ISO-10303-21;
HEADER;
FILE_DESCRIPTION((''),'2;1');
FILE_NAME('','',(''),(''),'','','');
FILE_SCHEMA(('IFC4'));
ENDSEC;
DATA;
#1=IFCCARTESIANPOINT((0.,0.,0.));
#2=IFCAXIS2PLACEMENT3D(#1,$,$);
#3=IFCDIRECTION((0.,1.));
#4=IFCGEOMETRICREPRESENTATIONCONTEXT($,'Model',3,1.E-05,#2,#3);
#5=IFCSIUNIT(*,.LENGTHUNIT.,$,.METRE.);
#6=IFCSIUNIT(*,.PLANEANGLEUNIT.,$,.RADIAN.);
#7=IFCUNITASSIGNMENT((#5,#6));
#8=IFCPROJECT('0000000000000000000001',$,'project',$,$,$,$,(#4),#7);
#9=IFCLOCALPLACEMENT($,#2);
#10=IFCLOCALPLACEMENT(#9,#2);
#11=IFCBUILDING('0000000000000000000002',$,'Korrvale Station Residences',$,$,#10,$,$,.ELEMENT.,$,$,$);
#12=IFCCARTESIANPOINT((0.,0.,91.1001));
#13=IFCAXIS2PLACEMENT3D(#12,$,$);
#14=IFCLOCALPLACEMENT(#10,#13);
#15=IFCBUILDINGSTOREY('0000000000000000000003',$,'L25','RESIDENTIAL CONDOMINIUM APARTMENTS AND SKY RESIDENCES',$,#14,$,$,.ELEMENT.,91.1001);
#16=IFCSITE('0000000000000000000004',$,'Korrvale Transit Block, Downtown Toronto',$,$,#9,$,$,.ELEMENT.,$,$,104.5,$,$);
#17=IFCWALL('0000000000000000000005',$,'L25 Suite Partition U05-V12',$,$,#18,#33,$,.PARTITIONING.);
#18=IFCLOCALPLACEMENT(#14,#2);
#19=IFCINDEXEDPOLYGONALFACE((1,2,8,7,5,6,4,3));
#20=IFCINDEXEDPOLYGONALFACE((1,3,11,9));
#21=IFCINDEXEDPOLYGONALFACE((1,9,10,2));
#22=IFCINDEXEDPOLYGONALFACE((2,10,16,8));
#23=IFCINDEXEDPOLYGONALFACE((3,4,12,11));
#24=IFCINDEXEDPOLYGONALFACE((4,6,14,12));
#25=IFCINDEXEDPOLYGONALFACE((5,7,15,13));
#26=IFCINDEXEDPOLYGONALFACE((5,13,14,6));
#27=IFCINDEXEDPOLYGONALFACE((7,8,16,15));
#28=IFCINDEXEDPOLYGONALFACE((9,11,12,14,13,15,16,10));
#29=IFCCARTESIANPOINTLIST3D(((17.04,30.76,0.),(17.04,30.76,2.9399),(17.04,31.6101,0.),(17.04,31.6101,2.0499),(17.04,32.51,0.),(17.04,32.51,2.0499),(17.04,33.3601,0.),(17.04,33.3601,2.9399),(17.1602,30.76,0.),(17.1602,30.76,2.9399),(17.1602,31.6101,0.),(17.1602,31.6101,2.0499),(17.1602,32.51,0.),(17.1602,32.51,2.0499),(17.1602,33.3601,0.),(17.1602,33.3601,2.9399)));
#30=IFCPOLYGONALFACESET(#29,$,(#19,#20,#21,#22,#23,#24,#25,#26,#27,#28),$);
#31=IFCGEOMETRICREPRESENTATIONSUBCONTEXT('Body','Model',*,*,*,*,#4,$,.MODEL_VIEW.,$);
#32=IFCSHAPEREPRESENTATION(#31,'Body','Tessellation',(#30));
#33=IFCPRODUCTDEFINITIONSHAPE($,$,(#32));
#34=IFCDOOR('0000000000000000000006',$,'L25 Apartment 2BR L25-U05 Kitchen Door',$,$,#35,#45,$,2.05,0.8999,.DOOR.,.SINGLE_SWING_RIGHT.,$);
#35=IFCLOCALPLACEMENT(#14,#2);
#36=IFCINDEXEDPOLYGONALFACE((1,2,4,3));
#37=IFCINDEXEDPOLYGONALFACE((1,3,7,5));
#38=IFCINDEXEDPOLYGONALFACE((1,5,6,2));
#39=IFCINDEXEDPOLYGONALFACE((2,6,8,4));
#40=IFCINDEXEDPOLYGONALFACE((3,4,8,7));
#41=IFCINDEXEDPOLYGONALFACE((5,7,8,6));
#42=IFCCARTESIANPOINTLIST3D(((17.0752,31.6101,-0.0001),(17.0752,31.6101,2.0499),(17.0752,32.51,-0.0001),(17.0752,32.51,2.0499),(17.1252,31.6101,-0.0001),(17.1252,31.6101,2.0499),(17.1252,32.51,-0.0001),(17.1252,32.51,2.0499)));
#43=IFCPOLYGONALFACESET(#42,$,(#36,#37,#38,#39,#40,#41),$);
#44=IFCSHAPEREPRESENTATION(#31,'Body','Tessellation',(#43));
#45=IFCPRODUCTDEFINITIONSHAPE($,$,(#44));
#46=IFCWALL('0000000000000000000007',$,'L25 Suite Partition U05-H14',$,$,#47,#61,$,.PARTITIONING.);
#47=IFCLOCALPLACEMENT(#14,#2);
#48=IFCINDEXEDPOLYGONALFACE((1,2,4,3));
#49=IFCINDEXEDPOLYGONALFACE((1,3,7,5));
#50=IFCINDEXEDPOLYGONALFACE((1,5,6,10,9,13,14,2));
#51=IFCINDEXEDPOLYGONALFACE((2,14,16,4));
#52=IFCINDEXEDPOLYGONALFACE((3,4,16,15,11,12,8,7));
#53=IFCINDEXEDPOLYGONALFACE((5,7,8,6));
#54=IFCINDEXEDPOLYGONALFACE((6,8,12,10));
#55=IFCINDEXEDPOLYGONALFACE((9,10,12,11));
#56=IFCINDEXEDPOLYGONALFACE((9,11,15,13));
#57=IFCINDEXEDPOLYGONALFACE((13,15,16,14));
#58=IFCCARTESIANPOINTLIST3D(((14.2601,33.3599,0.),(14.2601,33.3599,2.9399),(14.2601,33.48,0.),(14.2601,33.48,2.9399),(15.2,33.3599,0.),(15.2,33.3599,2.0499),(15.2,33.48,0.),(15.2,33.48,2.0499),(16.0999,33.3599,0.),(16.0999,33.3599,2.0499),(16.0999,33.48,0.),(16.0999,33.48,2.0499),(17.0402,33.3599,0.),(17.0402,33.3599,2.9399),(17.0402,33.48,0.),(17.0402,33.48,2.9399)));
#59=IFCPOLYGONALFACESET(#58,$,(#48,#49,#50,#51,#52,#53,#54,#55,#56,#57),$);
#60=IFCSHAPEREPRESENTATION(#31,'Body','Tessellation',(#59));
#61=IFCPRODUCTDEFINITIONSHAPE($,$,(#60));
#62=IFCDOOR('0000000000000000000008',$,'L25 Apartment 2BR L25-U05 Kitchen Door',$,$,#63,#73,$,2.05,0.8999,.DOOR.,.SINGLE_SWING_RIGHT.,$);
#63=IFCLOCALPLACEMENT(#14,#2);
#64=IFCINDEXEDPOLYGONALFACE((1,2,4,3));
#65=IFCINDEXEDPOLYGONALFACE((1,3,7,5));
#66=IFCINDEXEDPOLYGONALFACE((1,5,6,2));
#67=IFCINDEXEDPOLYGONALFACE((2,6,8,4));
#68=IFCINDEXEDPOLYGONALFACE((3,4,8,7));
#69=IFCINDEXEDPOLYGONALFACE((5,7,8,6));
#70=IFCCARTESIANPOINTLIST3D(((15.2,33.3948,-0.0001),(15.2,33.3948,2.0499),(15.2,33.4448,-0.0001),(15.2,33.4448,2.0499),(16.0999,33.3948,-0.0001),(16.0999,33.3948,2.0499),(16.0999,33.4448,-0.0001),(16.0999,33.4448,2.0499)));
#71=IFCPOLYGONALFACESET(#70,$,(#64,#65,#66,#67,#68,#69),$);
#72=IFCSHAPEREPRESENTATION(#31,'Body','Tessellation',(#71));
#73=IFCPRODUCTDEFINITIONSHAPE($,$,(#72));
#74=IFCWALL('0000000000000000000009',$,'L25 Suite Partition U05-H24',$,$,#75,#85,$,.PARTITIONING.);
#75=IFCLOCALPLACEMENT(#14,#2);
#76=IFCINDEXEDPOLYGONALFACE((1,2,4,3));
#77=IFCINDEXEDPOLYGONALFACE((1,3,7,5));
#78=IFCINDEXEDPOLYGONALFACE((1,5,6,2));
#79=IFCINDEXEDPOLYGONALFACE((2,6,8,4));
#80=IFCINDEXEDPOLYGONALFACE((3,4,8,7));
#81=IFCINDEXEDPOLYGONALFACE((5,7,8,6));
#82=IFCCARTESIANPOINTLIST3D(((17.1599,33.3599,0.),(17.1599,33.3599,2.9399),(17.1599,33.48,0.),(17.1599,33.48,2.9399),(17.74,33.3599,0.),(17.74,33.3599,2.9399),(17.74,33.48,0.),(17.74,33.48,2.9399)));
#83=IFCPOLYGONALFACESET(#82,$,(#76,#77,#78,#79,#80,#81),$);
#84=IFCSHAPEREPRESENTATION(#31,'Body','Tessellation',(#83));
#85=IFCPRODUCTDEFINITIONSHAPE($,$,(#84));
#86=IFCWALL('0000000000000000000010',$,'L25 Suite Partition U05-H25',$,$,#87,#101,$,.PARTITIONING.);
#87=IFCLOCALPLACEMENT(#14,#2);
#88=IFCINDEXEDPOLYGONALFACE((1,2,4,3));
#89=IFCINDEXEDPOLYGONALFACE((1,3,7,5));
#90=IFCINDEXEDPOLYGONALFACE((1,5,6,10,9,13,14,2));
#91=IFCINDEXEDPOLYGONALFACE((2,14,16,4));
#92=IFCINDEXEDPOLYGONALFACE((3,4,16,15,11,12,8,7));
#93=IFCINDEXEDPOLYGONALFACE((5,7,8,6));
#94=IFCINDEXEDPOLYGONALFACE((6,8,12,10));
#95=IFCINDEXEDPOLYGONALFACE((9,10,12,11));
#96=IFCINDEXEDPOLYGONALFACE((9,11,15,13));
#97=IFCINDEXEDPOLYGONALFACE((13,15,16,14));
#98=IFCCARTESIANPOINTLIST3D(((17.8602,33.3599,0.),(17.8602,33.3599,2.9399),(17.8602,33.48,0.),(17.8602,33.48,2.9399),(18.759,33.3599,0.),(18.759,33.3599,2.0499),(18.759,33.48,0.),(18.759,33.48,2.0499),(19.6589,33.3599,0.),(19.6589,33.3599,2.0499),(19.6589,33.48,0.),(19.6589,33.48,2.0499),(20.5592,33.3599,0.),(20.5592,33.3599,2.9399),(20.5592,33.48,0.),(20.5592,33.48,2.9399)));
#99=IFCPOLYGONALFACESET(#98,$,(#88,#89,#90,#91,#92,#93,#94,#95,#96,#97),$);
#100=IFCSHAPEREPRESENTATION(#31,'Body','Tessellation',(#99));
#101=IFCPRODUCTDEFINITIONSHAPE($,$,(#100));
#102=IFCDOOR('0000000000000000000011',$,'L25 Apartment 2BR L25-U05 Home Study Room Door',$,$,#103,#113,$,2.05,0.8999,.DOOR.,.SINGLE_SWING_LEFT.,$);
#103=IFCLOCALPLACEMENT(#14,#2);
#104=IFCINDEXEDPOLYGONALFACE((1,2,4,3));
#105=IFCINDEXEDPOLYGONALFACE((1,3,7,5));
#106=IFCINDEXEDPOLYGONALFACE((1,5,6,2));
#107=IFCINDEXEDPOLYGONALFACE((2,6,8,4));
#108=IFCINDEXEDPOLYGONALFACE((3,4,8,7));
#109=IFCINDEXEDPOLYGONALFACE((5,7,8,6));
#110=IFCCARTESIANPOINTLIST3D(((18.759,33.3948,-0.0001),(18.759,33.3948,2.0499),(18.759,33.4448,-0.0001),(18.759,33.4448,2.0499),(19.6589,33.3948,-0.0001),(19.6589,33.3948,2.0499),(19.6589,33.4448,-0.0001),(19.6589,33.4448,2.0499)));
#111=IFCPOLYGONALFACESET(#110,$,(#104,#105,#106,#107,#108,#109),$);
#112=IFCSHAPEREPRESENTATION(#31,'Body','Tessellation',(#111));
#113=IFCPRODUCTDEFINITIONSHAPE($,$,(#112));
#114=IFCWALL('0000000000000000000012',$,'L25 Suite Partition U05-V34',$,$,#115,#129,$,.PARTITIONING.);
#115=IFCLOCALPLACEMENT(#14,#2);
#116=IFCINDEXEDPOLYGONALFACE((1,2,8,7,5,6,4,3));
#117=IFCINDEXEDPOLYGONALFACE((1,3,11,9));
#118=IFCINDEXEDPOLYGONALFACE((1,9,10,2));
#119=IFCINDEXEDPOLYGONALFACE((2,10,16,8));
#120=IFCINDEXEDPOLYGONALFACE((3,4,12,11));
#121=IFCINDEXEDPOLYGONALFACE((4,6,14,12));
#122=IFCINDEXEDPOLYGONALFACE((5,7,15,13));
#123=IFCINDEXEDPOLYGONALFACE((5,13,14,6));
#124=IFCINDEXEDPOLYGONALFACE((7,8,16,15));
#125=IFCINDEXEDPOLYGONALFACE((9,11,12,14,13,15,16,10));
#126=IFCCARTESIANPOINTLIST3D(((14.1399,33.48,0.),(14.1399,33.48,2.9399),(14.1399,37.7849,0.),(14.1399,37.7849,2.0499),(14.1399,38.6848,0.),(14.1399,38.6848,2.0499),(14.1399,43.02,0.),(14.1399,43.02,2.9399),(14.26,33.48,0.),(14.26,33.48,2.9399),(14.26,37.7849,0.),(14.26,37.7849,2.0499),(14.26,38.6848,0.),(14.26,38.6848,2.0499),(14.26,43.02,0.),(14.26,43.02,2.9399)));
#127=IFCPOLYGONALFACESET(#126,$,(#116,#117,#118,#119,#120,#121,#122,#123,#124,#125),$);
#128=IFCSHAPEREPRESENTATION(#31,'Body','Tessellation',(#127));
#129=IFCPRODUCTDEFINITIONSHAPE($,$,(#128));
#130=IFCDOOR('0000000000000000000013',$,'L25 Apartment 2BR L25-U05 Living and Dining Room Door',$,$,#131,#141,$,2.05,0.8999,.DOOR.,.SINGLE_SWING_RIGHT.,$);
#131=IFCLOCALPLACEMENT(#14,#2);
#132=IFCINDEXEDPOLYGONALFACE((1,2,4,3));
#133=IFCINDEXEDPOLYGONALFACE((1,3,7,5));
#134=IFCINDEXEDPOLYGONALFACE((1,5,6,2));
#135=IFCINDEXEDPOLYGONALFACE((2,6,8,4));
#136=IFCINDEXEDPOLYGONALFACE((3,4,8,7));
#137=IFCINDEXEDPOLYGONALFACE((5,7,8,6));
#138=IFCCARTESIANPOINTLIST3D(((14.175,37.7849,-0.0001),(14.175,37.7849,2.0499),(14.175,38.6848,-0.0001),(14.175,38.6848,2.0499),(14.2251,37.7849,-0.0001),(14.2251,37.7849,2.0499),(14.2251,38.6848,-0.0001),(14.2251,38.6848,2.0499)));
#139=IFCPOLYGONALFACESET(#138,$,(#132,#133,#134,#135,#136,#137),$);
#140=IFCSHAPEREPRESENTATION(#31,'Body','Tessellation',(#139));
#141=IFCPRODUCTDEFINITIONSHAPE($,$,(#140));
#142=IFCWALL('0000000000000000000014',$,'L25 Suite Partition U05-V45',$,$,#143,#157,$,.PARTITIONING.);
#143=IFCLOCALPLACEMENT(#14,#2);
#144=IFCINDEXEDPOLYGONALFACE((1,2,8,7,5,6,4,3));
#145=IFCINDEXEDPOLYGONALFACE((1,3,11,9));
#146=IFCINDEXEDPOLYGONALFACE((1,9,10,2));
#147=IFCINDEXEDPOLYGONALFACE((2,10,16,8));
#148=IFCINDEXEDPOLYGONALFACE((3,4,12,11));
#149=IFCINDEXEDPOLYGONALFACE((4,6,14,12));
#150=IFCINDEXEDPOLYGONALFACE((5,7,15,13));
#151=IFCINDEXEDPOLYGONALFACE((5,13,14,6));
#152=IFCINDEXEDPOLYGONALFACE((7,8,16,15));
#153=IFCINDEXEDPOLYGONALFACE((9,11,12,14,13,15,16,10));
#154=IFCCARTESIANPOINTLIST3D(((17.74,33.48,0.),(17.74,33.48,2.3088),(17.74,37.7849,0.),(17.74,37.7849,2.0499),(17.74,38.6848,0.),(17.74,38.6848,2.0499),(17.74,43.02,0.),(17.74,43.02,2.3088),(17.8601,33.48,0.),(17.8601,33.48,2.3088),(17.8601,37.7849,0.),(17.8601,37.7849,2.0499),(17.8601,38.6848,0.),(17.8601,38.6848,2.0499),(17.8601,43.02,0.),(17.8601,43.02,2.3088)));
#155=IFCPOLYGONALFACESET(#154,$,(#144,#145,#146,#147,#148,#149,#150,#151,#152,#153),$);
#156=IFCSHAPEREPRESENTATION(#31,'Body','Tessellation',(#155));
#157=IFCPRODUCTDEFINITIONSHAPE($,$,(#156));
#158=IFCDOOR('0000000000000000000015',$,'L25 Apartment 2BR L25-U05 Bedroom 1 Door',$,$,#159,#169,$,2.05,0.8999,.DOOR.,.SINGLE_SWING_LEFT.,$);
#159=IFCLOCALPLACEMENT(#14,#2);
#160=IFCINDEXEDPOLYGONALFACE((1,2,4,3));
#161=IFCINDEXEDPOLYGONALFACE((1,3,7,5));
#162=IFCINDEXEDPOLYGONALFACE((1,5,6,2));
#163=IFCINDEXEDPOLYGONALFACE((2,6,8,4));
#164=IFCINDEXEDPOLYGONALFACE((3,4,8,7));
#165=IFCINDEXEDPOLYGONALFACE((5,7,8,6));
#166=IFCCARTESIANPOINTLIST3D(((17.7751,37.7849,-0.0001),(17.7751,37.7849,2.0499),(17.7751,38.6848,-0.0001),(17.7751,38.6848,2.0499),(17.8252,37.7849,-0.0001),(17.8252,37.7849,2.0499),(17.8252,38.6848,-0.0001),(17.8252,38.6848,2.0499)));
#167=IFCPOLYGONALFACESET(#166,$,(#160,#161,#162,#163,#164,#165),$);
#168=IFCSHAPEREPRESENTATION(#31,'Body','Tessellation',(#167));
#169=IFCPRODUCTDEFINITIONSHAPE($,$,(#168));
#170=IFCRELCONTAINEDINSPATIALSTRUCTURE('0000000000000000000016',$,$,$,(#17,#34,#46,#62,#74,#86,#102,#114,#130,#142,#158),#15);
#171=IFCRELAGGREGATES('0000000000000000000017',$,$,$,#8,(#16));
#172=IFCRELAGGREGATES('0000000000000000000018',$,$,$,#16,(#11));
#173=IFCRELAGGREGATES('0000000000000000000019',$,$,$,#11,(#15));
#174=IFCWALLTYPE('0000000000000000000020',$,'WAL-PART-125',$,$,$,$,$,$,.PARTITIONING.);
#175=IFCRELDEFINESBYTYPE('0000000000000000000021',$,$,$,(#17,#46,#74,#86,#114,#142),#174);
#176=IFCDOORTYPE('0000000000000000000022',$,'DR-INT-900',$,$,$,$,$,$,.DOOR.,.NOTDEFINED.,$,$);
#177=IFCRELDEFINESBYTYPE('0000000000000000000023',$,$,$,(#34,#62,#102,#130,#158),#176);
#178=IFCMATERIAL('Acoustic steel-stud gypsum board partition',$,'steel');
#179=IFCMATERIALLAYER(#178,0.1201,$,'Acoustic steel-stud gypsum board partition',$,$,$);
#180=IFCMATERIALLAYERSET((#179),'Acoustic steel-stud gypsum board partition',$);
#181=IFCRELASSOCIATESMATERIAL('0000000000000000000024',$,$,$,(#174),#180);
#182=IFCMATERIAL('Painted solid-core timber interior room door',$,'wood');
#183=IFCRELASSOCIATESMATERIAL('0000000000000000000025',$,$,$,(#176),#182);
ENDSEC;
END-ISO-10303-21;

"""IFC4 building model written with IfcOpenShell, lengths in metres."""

from ifc_helpers import new_model, si_unit, direction, frame, frame_2d, origin, place, context, subcontext, project, spatial, rectangle, extrude, material, layer, layer_set, type_object, element, fill, save


model = new_model("IFC4")

# Units and contexts
model_context = context("Model", 3, precision=1e-05, world=origin(), true_north=direction((0.0, 1.0)))
body_context = subcontext(model_context, "Body", "Model", "MODEL_VIEW")
ifc_project = project(units=[si_unit("LENGTHUNIT", "METRE"), si_unit("PLANEANGLEUNIT", "RADIAN")], contexts=[model_context])

# Site, building, storey
site_placement = place(None, origin())
site = spatial("IfcSite", under=ifc_project, at=site_placement, Name="Korrvale Transit Block, Downtown Toronto", CompositionType="ELEMENT", RefElevation=104.5)
building_placement = place(site_placement, origin())
building = spatial("IfcBuilding", under=site, at=building_placement, Name="Korrvale Station Residences", CompositionType="ELEMENT")
storey_placement = place(building_placement, frame((0.0, 0.0, 91.1001)))
storey = spatial("IfcBuildingStorey", under=building, at=storey_placement, Name="L25", Description="RESIDENTIAL CONDOMINIUM APARTMENTS AND SKY RESIDENCES", CompositionType="ELEMENT", Elevation=91.1001)

# Walls, openings, doors
ifc_material_1 = material(Name="Acoustic steel-stud gypsum board partition", Category="steel")
ifc_layer_1 = layer(ifc_material_1, 0.1201, Name="Acoustic steel-stud gypsum board partition")
ifc_layer_set_1 = layer_set([ifc_layer_1], Name="Acoustic steel-stud gypsum board partition")
wall_type_1 = type_object("IfcWallType", Name="WAL-PART-125", PredefinedType="PARTITIONING", material=ifc_layer_set_1)
wall_1_placement = place(storey_placement, frame((17.1001, 30.76, 0.0), z_axis=(0.0, 0.0, 1.0), x_axis=(0.0, 1.0, 0.0)))
wall_1 = element("IfcWall", 1, at=wall_1_placement, inside=storey, type_object=wall_type_1, Name="L25 Suite Partition U05-V12", PredefinedType="PARTITIONING", context=body_context, shape_type="SweptSolid", body=[
    extrude(rectangle(XDim=2.6001, YDim=0.1201, at=frame_2d((1.3, 0.0))), origin(), (0.0, 0.0, 1.0), 2.9399),
])
opening_1_placement = place(wall_1_placement, frame((0.8501, 0.0, 0.0)))
opening_1 = element("IfcOpeningElement", 2, at=opening_1_placement, cuts=wall_1, PredefinedType="OPENING", context=body_context, shape_type="SweptSolid", body=[
    extrude(rectangle(XDim=0.8999, YDim=2.05, at=frame_2d((0.45, 1.0249))), frame((0.0, 0.0701, 0.0), z_axis=(0.0, -1.0, 0.0), x_axis=(1.0, 0.0, 0.0)), (0.0, 0.0, 1.0), 0.1401),
])
ifc_material_2 = material(Name="Painted solid-core timber interior room door", Category="wood")
door_type_1 = type_object("IfcDoorType", Name="DR-INT-900", OperationType="NOTDEFINED", PredefinedType="DOOR", material=ifc_material_2)
door_1_placement = place(opening_1_placement, origin())
door_1 = element("IfcDoor", 3, at=door_1_placement, inside=storey, type_object=door_type_1, Name="L25 Apartment 2BR L25-U05 Kitchen Door", OperationType="SINGLE_SWING_RIGHT", OverallHeight=2.05, OverallWidth=0.8999, PredefinedType="DOOR", context=body_context, shape_type="SweptSolid", body=[
    extrude(rectangle(XDim=0.8999, YDim=2.05, at=frame_2d((0.45, 1.0249))), frame((0.0, 0.0249, 0.0), z_axis=(0.0, -1.0, 0.0), x_axis=(1.0, 0.0, 0.0)), (0.0, 0.0, 1.0), 0.05),
])
fill(opening_1, door_1)
wall_2_placement = place(storey_placement, frame((14.26, 33.4199, 0.0), z_axis=(0.0, 0.0, 1.0), x_axis=(1.0, 0.0, 0.0)))
wall_2 = element("IfcWall", 4, at=wall_2_placement, inside=storey, type_object=wall_type_1, Name="L25 Suite Partition U05-H14", PredefinedType="PARTITIONING", context=body_context, shape_type="SweptSolid", body=[
    extrude(rectangle(XDim=2.78, YDim=0.1201, at=frame_2d((1.3901, 0.0))), origin(), (0.0, 0.0, 1.0), 2.9399),
])
opening_2_placement = place(wall_2_placement, frame((0.9399, 0.0, 0.0)))
opening_2 = element("IfcOpeningElement", 5, at=opening_2_placement, cuts=wall_2, PredefinedType="OPENING", context=body_context, shape_type="SweptSolid", body=[
    extrude(rectangle(XDim=0.8999, YDim=2.05, at=frame_2d((0.45, 1.0249))), frame((0.0, 0.0701, 0.0), z_axis=(0.0, -1.0, 0.0), x_axis=(1.0, 0.0, 0.0)), (0.0, 0.0, 1.0), 0.1401),
])
door_2_placement = place(opening_2_placement, origin())
door_2 = element("IfcDoor", 6, at=door_2_placement, inside=storey, type_object=door_type_1, Name="L25 Apartment 2BR L25-U05 Kitchen Door", OperationType="SINGLE_SWING_RIGHT", OverallHeight=2.05, OverallWidth=0.8999, PredefinedType="DOOR", context=body_context, shape_type="SweptSolid", body=[
    extrude(rectangle(XDim=0.8999, YDim=2.05, at=frame_2d((0.45, 1.0249))), frame((0.0, 0.0249, 0.0), z_axis=(0.0, -1.0, 0.0), x_axis=(1.0, 0.0, 0.0)), (0.0, 0.0, 1.0), 0.05),
])
fill(opening_2, door_2)

# Wall
wall_3_placement = place(storey_placement, frame((17.1599, 33.4199, 0.0), z_axis=(0.0, 0.0, 1.0), x_axis=(1.0, 0.0, 0.0)))
element("IfcWall", 7, at=wall_3_placement, inside=storey, type_object=wall_type_1, Name="L25 Suite Partition U05-H24", PredefinedType="PARTITIONING", context=body_context, shape_type="SweptSolid", body=[
    extrude(rectangle(XDim=0.5801, YDim=0.1201, at=frame_2d((0.29, 0.0))), origin(), (0.0, 0.0, 1.0), 2.9399),
])

# Walls, openings, doors
wall_4_placement = place(storey_placement, frame((17.8601, 33.4199, 0.0), z_axis=(0.0, 0.0, 1.0), x_axis=(1.0, 0.0, 0.0)))
wall_4 = element("IfcWall", 8, at=wall_4_placement, inside=storey, type_object=wall_type_1, Name="L25 Suite Partition U05-H25", PredefinedType="PARTITIONING", context=body_context, shape_type="SweptSolid", body=[
    extrude(rectangle(XDim=2.699, YDim=0.1201, at=frame_2d((1.3496, 0.0))), origin(), (0.0, 0.0, 1.0), 2.9399),
])
opening_3_placement = place(wall_4_placement, frame((0.8989, 0.0, 0.0)))
opening_3 = element("IfcOpeningElement", 9, at=opening_3_placement, cuts=wall_4, PredefinedType="OPENING", context=body_context, shape_type="SweptSolid", body=[
    extrude(rectangle(XDim=0.8999, YDim=2.05, at=frame_2d((0.45, 1.0249))), frame((0.0, 0.0701, 0.0), z_axis=(0.0, -1.0, 0.0), x_axis=(1.0, 0.0, 0.0)), (0.0, 0.0, 1.0), 0.1401),
])
door_3_placement = place(opening_3_placement, origin())
door_3 = element("IfcDoor", 10, at=door_3_placement, inside=storey, type_object=door_type_1, Name="L25 Apartment 2BR L25-U05 Home Study Room Door", OperationType="SINGLE_SWING_LEFT", OverallHeight=2.05, OverallWidth=0.8999, PredefinedType="DOOR", context=body_context, shape_type="SweptSolid", body=[
    extrude(rectangle(XDim=0.8999, YDim=2.05, at=frame_2d((0.45, 1.0249))), frame((0.0, 0.0249, 0.0), z_axis=(0.0, -1.0, 0.0), x_axis=(1.0, 0.0, 0.0)), (0.0, 0.0, 1.0), 0.05),
])
fill(opening_3, door_3)
wall_5_placement = place(storey_placement, frame((14.2, 33.48, 0.0), z_axis=(0.0, 0.0, 1.0), x_axis=(0.0, 1.0, 0.0)))
wall_5 = element("IfcWall", 11, at=wall_5_placement, inside=storey, type_object=wall_type_1, Name="L25 Suite Partition U05-V34", PredefinedType="PARTITIONING", context=body_context, shape_type="SweptSolid", body=[
    extrude(rectangle(XDim=9.54, YDim=0.1201, at=frame_2d((4.77, 0.0))), origin(), (0.0, 0.0, 1.0), 2.9399),
])
opening_4_placement = place(wall_5_placement, frame((4.3049, 0.0, 0.0)))
opening_4 = element("IfcOpeningElement", 12, at=opening_4_placement, cuts=wall_5, PredefinedType="OPENING", context=body_context, shape_type="SweptSolid", body=[
    extrude(rectangle(XDim=0.8999, YDim=2.05, at=frame_2d((0.45, 1.0249))), frame((0.0, 0.0701, 0.0), z_axis=(0.0, -1.0, 0.0), x_axis=(1.0, 0.0, 0.0)), (0.0, 0.0, 1.0), 0.1401),
])
door_4_placement = place(opening_4_placement, origin())
door_4 = element("IfcDoor", 13, at=door_4_placement, inside=storey, type_object=door_type_1, Name="L25 Apartment 2BR L25-U05 Living and Dining Room Door", OperationType="SINGLE_SWING_RIGHT", OverallHeight=2.05, OverallWidth=0.8999, PredefinedType="DOOR", context=body_context, shape_type="SweptSolid", body=[
    extrude(rectangle(XDim=0.8999, YDim=2.05, at=frame_2d((0.45, 1.0249))), frame((0.0, 0.0249, 0.0), z_axis=(0.0, -1.0, 0.0), x_axis=(1.0, 0.0, 0.0)), (0.0, 0.0, 1.0), 0.05),
])
fill(opening_4, door_4)
wall_6_placement = place(storey_placement, frame((17.8, 33.48, 0.0), z_axis=(0.0, 0.0, 1.0), x_axis=(0.0, 1.0, 0.0)))
wall_6 = element("IfcWall", 14, at=wall_6_placement, inside=storey, type_object=wall_type_1, Name="L25 Suite Partition U05-V45", PredefinedType="PARTITIONING", context=body_context, shape_type="SweptSolid", body=[
    extrude(rectangle(XDim=9.54, YDim=0.1201, at=frame_2d((4.77, 0.0))), origin(), (0.0, 0.0, 1.0), 2.3088),
])
opening_5_placement = place(wall_6_placement, frame((4.3049, 0.0, 0.0)))
opening_5 = element("IfcOpeningElement", 15, at=opening_5_placement, cuts=wall_6, PredefinedType="OPENING", context=body_context, shape_type="SweptSolid", body=[
    extrude(rectangle(XDim=0.8999, YDim=2.05, at=frame_2d((0.45, 1.0249))), frame((0.0, 0.0701, 0.0), z_axis=(0.0, -1.0, 0.0), x_axis=(1.0, 0.0, 0.0)), (0.0, 0.0, 1.0), 0.1401),
])
door_5_placement = place(opening_5_placement, origin())
door_5 = element("IfcDoor", 16, at=door_5_placement, inside=storey, type_object=door_type_1, Name="L25 Apartment 2BR L25-U05 Bedroom 1 Door", OperationType="SINGLE_SWING_LEFT", OverallHeight=2.05, OverallWidth=0.8999, PredefinedType="DOOR", context=body_context, shape_type="SweptSolid", body=[
    extrude(rectangle(XDim=0.8999, YDim=2.05, at=frame_2d((0.45, 1.0249))), frame((0.0, 0.0249, 0.0), z_axis=(0.0, -1.0, 0.0), x_axis=(1.0, 0.0, 0.0)), (0.0, 0.0, 1.0), 0.05),
])
fill(opening_5, door_5)

save(model, "model.ifc")
